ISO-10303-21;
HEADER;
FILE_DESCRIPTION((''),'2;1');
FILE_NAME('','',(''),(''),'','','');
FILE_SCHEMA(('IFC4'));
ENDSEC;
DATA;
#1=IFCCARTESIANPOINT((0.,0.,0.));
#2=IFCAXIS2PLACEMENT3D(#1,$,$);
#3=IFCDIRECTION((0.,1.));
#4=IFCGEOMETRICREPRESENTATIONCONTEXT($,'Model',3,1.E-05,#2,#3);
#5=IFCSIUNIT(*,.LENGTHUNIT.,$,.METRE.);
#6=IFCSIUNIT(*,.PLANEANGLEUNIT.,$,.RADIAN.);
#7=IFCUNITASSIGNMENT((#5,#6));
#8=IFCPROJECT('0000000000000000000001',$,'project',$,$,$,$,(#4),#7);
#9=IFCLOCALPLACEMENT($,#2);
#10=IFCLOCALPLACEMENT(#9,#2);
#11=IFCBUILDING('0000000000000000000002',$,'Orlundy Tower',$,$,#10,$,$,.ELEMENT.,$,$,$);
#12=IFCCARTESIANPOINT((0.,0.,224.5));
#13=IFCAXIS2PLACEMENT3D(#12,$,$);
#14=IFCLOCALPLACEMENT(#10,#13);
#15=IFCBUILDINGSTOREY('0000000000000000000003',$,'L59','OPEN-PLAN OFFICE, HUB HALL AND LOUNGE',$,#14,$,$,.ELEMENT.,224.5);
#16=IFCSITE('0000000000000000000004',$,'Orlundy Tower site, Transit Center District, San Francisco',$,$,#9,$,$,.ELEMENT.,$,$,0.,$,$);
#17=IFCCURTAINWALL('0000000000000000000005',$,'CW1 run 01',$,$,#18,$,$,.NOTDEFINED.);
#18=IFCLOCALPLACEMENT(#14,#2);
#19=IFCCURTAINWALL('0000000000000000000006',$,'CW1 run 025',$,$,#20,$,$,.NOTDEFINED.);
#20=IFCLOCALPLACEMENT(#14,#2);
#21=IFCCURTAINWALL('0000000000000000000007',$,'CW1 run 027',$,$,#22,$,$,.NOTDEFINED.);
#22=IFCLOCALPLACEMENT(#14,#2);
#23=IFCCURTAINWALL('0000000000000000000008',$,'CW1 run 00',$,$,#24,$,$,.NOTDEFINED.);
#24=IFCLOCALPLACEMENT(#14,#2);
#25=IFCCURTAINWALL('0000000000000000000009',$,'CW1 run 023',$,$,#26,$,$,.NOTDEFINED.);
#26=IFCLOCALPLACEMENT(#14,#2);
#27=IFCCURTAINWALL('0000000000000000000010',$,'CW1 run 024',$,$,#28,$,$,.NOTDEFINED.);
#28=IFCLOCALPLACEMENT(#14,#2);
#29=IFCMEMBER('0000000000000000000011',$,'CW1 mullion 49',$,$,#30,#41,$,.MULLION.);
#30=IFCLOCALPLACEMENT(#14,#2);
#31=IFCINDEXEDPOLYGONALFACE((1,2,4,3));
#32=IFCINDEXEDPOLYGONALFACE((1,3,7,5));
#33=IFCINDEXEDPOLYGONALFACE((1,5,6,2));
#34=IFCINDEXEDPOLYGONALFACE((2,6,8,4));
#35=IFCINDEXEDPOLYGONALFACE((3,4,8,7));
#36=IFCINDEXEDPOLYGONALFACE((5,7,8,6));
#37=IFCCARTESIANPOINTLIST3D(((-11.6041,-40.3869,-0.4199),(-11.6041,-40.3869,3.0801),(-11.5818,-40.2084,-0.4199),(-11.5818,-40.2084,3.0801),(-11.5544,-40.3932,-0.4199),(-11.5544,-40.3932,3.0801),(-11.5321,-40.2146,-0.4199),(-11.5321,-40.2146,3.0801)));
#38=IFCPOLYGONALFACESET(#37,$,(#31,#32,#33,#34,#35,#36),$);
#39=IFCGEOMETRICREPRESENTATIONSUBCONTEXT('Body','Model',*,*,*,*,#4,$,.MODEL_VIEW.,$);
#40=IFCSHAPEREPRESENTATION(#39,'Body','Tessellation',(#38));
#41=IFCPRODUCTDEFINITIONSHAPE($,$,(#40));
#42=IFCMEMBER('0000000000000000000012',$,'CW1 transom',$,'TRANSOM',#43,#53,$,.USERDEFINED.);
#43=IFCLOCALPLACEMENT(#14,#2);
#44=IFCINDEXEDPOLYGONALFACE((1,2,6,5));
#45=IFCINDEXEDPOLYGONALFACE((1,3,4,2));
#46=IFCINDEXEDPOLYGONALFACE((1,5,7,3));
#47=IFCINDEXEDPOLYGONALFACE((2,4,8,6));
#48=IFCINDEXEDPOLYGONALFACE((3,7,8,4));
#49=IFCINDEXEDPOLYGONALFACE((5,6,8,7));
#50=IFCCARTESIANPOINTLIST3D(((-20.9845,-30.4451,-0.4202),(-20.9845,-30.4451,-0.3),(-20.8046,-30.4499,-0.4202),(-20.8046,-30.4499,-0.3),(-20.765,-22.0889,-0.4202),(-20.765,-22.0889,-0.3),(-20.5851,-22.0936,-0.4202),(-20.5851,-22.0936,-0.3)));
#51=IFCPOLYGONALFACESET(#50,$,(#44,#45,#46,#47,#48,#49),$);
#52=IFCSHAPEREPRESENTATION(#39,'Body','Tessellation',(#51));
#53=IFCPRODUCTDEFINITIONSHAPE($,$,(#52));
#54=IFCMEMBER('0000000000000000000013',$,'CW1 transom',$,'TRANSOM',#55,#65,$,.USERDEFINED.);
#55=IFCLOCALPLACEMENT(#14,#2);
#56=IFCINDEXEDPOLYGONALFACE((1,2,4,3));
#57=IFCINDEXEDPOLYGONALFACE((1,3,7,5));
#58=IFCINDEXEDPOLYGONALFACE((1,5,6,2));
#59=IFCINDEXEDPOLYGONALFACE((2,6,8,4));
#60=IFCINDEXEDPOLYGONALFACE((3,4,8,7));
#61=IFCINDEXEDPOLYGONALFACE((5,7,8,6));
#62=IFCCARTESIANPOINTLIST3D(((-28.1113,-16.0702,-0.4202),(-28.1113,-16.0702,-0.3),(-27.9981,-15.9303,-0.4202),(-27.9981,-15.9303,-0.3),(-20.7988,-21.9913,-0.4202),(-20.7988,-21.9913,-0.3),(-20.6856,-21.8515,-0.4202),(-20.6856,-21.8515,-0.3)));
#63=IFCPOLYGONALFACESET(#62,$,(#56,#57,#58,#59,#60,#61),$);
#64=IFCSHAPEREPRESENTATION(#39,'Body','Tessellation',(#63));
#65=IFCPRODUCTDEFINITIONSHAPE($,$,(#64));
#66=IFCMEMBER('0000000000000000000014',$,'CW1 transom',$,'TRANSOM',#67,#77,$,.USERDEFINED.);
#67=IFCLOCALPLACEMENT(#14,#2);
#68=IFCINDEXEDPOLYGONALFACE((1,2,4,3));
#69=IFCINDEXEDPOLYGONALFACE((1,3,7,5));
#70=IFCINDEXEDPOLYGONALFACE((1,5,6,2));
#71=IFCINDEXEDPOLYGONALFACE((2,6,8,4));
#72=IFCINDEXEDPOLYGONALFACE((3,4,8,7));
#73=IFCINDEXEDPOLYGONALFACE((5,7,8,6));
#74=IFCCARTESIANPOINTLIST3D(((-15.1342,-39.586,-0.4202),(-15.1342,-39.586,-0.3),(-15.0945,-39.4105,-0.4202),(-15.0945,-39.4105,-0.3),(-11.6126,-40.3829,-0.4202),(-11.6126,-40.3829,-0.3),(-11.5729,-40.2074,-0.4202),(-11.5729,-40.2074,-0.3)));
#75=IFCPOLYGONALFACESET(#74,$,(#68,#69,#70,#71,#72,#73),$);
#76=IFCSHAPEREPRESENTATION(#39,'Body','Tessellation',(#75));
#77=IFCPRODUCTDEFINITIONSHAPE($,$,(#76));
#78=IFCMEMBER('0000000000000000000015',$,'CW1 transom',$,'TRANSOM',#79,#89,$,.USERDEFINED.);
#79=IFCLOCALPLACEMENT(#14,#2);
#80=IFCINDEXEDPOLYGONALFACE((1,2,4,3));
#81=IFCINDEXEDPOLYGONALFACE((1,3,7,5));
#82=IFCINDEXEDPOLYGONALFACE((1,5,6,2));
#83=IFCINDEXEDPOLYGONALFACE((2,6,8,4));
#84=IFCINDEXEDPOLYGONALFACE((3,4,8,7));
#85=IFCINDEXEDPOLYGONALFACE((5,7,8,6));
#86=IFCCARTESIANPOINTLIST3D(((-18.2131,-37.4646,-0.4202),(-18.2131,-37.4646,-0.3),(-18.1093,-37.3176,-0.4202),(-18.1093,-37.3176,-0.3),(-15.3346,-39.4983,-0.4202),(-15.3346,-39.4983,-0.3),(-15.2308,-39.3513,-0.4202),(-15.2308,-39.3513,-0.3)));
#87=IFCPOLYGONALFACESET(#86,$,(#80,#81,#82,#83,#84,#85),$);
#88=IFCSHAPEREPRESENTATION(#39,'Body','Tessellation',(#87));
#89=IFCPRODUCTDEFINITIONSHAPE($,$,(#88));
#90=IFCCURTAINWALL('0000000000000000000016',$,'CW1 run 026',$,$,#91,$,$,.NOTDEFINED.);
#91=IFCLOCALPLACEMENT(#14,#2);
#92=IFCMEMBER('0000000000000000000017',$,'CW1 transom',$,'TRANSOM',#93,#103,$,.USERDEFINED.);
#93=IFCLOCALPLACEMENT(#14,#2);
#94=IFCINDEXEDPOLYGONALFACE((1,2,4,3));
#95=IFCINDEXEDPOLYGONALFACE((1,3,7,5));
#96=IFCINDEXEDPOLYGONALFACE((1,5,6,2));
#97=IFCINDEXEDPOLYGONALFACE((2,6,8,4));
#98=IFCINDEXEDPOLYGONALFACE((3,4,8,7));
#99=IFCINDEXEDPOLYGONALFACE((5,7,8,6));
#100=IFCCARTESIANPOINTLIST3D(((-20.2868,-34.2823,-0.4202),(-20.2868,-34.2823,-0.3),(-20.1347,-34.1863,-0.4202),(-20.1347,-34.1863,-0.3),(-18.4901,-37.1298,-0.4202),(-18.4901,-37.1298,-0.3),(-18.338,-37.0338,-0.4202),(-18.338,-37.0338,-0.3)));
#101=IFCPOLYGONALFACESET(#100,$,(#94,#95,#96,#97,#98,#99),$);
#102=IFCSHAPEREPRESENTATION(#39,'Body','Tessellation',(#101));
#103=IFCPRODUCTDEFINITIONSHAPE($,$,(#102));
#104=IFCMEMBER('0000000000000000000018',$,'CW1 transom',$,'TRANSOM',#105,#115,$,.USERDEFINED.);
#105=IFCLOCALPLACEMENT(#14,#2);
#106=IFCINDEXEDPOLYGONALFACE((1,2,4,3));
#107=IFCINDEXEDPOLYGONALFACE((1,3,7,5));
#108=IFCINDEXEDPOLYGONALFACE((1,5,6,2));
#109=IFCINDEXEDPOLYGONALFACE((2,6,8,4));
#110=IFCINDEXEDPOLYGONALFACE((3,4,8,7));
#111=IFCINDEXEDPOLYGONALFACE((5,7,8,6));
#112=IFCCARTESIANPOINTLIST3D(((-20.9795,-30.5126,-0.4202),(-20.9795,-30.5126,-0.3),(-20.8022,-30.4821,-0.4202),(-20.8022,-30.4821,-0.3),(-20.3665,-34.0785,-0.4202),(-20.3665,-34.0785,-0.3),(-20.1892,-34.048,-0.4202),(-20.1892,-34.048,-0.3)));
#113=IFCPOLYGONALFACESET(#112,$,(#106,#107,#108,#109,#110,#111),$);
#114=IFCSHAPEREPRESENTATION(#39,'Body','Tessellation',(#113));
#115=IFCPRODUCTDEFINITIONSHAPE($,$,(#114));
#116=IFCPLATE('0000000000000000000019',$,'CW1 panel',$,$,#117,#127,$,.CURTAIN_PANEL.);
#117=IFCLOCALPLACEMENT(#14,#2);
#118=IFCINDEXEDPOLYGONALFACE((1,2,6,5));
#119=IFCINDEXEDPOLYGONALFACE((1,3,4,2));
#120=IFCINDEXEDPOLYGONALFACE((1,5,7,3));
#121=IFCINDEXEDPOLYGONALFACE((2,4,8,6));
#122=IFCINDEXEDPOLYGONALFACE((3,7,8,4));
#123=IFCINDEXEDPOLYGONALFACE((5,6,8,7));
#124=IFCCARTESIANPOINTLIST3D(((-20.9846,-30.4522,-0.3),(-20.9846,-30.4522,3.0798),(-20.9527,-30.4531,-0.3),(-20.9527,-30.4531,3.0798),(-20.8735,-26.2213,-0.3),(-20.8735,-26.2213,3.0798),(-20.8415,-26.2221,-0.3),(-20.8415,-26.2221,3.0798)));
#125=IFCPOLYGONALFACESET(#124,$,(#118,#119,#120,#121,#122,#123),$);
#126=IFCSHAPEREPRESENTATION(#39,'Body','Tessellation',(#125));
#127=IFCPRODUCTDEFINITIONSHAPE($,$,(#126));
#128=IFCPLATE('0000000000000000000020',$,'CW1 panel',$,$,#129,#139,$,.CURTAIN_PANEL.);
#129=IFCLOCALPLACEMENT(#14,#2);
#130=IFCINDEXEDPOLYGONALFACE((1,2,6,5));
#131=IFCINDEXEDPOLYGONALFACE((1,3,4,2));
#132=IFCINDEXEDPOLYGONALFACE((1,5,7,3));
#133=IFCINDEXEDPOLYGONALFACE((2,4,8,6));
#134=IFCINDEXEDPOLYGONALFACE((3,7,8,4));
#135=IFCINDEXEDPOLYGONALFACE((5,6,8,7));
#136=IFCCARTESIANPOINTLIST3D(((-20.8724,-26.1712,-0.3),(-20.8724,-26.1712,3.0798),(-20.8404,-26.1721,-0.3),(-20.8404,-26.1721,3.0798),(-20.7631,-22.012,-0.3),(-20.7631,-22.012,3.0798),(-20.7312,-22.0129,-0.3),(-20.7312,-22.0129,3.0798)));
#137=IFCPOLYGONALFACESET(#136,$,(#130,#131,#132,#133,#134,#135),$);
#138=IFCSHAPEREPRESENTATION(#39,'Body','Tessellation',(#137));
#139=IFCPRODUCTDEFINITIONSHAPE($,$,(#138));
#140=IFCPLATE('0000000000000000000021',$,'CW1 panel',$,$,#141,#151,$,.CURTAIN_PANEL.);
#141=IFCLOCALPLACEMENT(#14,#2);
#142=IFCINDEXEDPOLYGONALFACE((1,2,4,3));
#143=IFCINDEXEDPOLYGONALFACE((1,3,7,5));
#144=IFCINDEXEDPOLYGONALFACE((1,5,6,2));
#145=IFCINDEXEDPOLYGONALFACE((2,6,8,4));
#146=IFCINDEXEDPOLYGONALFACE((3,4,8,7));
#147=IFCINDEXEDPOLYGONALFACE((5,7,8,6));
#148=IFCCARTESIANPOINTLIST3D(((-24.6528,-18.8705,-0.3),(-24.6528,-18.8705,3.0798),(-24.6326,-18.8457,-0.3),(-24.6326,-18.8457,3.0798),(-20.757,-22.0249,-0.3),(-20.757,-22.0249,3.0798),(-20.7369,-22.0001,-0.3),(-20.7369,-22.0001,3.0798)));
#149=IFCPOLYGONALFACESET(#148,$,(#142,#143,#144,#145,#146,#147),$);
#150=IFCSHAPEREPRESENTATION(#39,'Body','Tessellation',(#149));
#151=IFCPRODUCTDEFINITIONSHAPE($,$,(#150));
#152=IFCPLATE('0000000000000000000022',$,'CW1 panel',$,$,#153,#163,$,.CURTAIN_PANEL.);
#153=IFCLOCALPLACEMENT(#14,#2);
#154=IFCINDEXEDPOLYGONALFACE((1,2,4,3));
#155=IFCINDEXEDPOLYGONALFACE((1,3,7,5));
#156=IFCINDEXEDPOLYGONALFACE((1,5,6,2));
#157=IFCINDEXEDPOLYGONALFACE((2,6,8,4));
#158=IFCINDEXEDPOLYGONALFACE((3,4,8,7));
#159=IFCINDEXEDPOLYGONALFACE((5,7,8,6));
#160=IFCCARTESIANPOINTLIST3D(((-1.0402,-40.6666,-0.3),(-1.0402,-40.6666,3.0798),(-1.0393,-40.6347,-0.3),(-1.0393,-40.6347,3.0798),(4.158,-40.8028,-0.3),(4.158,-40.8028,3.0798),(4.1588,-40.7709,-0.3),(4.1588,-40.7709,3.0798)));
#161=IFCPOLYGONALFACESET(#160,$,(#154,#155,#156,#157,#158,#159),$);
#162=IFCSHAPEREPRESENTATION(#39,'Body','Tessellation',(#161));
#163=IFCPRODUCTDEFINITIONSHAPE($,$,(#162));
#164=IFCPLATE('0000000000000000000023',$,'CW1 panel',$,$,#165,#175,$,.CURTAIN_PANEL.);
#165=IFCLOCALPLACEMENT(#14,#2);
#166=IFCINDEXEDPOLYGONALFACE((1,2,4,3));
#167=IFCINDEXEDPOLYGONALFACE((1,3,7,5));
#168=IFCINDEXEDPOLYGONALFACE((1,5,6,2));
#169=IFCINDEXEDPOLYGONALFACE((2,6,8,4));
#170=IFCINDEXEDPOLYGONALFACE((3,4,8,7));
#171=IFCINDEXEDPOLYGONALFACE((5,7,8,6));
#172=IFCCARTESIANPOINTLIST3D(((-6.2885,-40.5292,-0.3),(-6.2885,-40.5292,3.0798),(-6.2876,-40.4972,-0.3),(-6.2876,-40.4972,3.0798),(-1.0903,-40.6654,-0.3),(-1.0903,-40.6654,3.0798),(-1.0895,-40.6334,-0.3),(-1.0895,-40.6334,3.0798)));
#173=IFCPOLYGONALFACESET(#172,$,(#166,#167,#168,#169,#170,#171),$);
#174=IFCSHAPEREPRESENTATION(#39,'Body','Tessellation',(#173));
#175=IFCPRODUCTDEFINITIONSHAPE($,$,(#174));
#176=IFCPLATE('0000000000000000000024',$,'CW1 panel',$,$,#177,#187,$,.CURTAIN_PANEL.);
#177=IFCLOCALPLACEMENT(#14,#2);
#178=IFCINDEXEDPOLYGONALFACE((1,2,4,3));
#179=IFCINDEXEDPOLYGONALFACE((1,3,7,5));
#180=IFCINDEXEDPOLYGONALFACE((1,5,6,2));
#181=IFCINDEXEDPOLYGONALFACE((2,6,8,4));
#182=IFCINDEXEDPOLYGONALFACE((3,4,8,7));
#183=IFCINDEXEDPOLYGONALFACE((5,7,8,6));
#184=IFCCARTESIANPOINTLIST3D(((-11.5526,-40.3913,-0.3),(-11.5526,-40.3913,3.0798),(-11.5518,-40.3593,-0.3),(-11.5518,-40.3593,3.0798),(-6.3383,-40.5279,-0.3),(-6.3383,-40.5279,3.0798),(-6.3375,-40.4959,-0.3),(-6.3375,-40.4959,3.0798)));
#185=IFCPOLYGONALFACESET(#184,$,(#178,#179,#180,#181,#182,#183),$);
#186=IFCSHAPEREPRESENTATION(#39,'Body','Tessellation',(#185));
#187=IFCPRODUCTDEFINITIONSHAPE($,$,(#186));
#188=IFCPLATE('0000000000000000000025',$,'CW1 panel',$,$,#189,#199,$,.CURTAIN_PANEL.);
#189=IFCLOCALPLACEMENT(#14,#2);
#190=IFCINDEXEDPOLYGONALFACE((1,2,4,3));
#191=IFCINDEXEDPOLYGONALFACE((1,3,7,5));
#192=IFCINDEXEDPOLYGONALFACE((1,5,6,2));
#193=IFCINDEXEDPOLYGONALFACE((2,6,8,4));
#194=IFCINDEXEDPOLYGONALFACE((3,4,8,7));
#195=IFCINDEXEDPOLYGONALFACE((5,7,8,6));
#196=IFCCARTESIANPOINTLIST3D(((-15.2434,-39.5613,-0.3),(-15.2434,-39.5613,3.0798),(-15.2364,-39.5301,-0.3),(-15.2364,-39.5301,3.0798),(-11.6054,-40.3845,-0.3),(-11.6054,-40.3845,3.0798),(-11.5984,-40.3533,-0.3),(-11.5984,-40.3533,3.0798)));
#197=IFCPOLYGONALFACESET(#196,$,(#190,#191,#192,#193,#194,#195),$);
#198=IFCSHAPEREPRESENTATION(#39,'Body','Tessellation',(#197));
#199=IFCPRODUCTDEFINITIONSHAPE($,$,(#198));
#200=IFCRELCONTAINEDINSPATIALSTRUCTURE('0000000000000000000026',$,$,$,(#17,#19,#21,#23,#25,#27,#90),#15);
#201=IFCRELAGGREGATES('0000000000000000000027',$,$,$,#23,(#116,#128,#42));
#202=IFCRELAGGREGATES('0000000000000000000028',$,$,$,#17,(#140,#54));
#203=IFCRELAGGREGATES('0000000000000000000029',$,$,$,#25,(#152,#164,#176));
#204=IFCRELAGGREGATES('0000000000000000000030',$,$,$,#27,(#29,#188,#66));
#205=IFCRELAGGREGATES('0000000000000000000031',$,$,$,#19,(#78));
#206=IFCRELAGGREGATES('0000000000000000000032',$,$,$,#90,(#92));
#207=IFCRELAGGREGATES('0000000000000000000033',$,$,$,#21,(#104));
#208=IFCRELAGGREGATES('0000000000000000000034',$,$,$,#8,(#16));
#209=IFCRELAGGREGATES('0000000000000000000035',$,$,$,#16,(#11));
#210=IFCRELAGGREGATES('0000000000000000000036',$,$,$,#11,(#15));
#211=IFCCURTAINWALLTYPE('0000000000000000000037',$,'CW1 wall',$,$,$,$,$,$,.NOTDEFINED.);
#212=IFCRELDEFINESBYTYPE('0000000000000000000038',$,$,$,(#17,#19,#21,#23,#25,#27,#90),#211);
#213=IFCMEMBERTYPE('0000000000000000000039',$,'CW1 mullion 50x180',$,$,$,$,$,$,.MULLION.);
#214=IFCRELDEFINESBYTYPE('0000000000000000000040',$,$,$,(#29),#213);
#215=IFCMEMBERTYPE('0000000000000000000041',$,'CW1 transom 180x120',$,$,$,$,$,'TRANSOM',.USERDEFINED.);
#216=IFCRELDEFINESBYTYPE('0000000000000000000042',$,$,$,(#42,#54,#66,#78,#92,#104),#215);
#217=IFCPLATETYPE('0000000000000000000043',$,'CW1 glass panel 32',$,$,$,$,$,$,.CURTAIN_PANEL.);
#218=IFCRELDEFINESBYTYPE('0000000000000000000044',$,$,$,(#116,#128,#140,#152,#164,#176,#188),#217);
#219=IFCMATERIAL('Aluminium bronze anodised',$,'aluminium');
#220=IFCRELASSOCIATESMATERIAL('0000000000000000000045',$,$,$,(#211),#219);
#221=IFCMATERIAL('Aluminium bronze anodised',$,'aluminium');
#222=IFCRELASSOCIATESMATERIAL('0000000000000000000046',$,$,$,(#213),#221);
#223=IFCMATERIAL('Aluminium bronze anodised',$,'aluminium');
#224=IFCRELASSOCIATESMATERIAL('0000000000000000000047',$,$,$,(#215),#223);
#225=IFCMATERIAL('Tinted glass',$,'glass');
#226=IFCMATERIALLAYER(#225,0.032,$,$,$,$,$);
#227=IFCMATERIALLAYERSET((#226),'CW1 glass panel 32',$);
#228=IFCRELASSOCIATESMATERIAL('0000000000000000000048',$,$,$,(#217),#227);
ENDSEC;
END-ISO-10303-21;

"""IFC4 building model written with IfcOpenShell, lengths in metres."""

from ifc_helpers import new_model, si_unit, direction, frame, origin, origin_2d, place, context, subcontext, project, spatial, rectangle, extrude, material, layer, layer_set, material_profile, profile_set, type_object, element, aggregate, save


model = new_model("IFC4")

# Units and contexts
model_context = context("Model", 3, precision=1e-05, world=origin(), true_north=direction((0.0, 1.0)))
body_context = subcontext(model_context, "Body", "Model", "MODEL_VIEW")
ifc_project = project(units=[si_unit("LENGTHUNIT", "METRE"), si_unit("PLANEANGLEUNIT", "RADIAN")], contexts=[model_context])

# Site, building, storey
site_placement = place(None, origin())
site = spatial("IfcSite", under=ifc_project, at=site_placement, Name="Orlundy Tower site, Transit Center District, San Francisco", CompositionType="ELEMENT", RefElevation=0.0)
building_placement = place(site_placement, origin())
building = spatial("IfcBuilding", under=site, at=building_placement, Name="Orlundy Tower", CompositionType="ELEMENT")
storey_placement = place(building_placement, frame((0.0, 0.0, 224.5)))
storey = spatial("IfcBuildingStorey", under=building, at=storey_placement, Name="L59", Description="OPEN-PLAN OFFICE, HUB HALL AND LOUNGE", CompositionType="ELEMENT", Elevation=224.5)

# Curtain walls
ifc_material_1 = material(Name="Aluminium bronze anodised", Category="aluminium")
curtain_wall_type = type_object("IfcCurtainWallType", Name="CW1 wall", PredefinedType="NOTDEFINED", material=ifc_material_1)
curtain_wall_1_placement = place(storey_placement, origin())
curtain_wall_1 = element("IfcCurtainWall", 1, at=curtain_wall_1_placement, inside=storey, type_object=curtain_wall_type, Name="CW1 run 01", PredefinedType="NOTDEFINED")
curtain_wall_2_placement = place(storey_placement, origin())
curtain_wall_2 = element("IfcCurtainWall", 2, at=curtain_wall_2_placement, inside=storey, type_object=curtain_wall_type, Name="CW1 run 025", PredefinedType="NOTDEFINED")
curtain_wall_3_placement = place(storey_placement, origin())
curtain_wall_3 = element("IfcCurtainWall", 3, at=curtain_wall_3_placement, inside=storey, type_object=curtain_wall_type, Name="CW1 run 027", PredefinedType="NOTDEFINED")

# Curtain walls
curtain_wall_4_placement = place(storey_placement, origin())
curtain_wall_4 = element("IfcCurtainWall", 4, at=curtain_wall_4_placement, inside=storey, type_object=curtain_wall_type, Name="CW1 run 00", PredefinedType="NOTDEFINED")
ifc_material_2 = material(Name="Aluminium bronze anodised", Category="aluminium")
ifc_material_profile_1 = material_profile(ifc_material_2, rectangle(XDim=0.1799, YDim=0.05, at=origin_2d()), Name="CW1 mullion 50x180")
ifc_profile_set_1 = profile_set([ifc_material_profile_1], Name="Aluminium bronze anodised")
member_type_1 = type_object("IfcMemberType", Name="CW1 mullion 50x180", PredefinedType="MULLION", material=ifc_profile_set_1)
curtain_wall_5_placement = place(storey_placement, origin())
curtain_wall_5 = element("IfcCurtainWall", 5, at=curtain_wall_5_placement, inside=storey, type_object=curtain_wall_type, Name="CW1 run 023", PredefinedType="NOTDEFINED")

# Curtain wall, member
curtain_wall_6_placement = place(storey_placement, origin())
curtain_wall_6 = element("IfcCurtainWall", 6, at=curtain_wall_6_placement, inside=storey, type_object=curtain_wall_type, Name="CW1 run 024", PredefinedType="NOTDEFINED")
member_1_placement = place(storey_placement, frame((-11.5681, -40.3008, -0.4199), z_axis=(0.0, 0.0, 1.0), x_axis=(-0.124042, -0.992277, 0.0)))
member_1 = element("IfcMember", 7, at=member_1_placement, type_object=member_type_1, Name="CW1 mullion 49", PredefinedType="MULLION", context=body_context, shape_type="SweptSolid", body=[
    extrude(rectangle(XDim=0.1799, YDim=0.05, at=origin_2d()), origin(), (0.0, 0.0, 1.0), 3.5),
])

# Members
ifc_material_3 = material(Name="Aluminium bronze anodised", Category="aluminium")
ifc_material_profile_2 = material_profile(ifc_material_3, rectangle(XDim=0.1799, YDim=0.1201, at=origin_2d()), Name="CW1 transom 180x120")
ifc_profile_set_2 = profile_set([ifc_material_profile_2], Name="Aluminium bronze anodised")
member_type_2 = type_object("IfcMemberType", Name="CW1 transom 180x120", ElementType="TRANSOM", PredefinedType="USERDEFINED", material=ifc_profile_set_2)
member_2_placement = place(storey_placement, frame((-20.8945, -30.4475, -0.3601), z_axis=(0.026257, 0.999655, 0.0), x_axis=(-0.999655, 0.026257, 0.0)))
member_2 = element("IfcMember", 8, at=member_2_placement, type_object=member_type_2, Name="CW1 transom", ObjectType="TRANSOM", PredefinedType="USERDEFINED", context=body_context, shape_type="SweptSolid", body=[
    extrude(rectangle(XDim=0.1799, YDim=0.1201, at=origin_2d()), origin(), (0.0, 0.0, 1.0), 8.3591),
])
member_3_placement = place(storey_placement, frame((-20.7422, -21.9214, -0.3601), z_axis=(-0.777167, 0.629295, 0.0), x_axis=(-0.629295, -0.777167, 0.0)))
member_3 = element("IfcMember", 9, at=member_3_placement, type_object=member_type_2, Name="CW1 transom", ObjectType="TRANSOM", PredefinedType="USERDEFINED", context=body_context, shape_type="SweptSolid", body=[
    extrude(rectangle(XDim=0.1799, YDim=0.1201, at=origin_2d()), origin(), (0.0, 0.0, 1.0), 9.4092),
])
member_4_placement = place(storey_placement, frame((-11.5928, -40.2952, -0.3601), z_axis=(-0.97534, 0.220709, 0.0), x_axis=(-0.220709, -0.97534, 0.0)))
member_4 = element("IfcMember", 10, at=member_4_placement, type_object=member_type_2, Name="CW1 transom", ObjectType="TRANSOM", PredefinedType="USERDEFINED", context=body_context, shape_type="SweptSolid", body=[
    extrude(rectangle(XDim=0.1799, YDim=0.1201, at=origin_2d()), origin(), (0.0, 0.0, 1.0), 3.6106),
])
member_5_placement = place(storey_placement, frame((-15.2827, -39.4248, -0.3601), z_axis=(-0.816718, 0.577037, 0.0), x_axis=(-0.577037, -0.816718, 0.0)))
member_5 = element("IfcMember", 11, at=member_5_placement, type_object=member_type_2, Name="CW1 transom", ObjectType="TRANSOM", PredefinedType="USERDEFINED", context=body_context, shape_type="SweptSolid", body=[
    extrude(rectangle(XDim=0.1799, YDim=0.1201, at=origin_2d()), origin(), (0.0, 0.0, 1.0), 3.5244),
])

# Curtain wall, member
curtain_wall_7_placement = place(storey_placement, origin())
curtain_wall_7 = element("IfcCurtainWall", 12, at=curtain_wall_7_placement, inside=storey, type_object=curtain_wall_type, Name="CW1 run 026", PredefinedType="NOTDEFINED")
member_6_placement = place(storey_placement, frame((-18.4141, -37.0818, -0.3601), z_axis=(-0.533625, 0.845721, 0.0), x_axis=(-0.845721, -0.533625, 0.0)))
member_6 = element("IfcMember", 13, at=member_6_placement, type_object=member_type_2, Name="CW1 transom", ObjectType="TRANSOM", PredefinedType="USERDEFINED", context=body_context, shape_type="SweptSolid", body=[
    extrude(rectangle(XDim=0.1799, YDim=0.1201, at=origin_2d()), origin(), (0.0, 0.0, 1.0), 3.3669),
])

# Member
member_7_placement = place(storey_placement, frame((-20.2778, -34.0632, -0.3601), z_axis=(-0.16943, 0.985542, 0.0), x_axis=(-0.985542, -0.16943, 0.0)))
member_7 = element("IfcMember", 14, at=member_7_placement, type_object=member_type_2, Name="CW1 transom", ObjectType="TRANSOM", PredefinedType="USERDEFINED", context=body_context, shape_type="SweptSolid", body=[
    extrude(rectangle(XDim=0.1799, YDim=0.1201, at=origin_2d()), origin(), (0.0, 0.0, 1.0), 3.6182),
])

# Plates
ifc_material_4 = material(Name="Tinted glass", Category="glass")
ifc_layer_1 = layer(ifc_material_4, 0.032)
ifc_layer_set_1 = layer_set([ifc_layer_1], Name="CW1 glass panel 32")
plate_type = type_object("IfcPlateType", Name="CW1 glass panel 32", PredefinedType="CURTAIN_PANEL", material=ifc_layer_set_1)
plate_1_placement = place(storey_placement, frame((-20.9131, -28.3372, -0.3), z_axis=(0.0, 0.0, 1.0), x_axis=(0.026251, 0.999655, 0.0)))
plate_1 = element("IfcPlate", 15, at=plate_1_placement, type_object=plate_type, Name="CW1 panel", PredefinedType="CURTAIN_PANEL", context=body_context, shape_type="SweptSolid", body=[
    extrude(rectangle(XDim=4.2324, YDim=0.032, at=origin_2d()), origin(), (0.0, 0.0, 1.0), 3.3799),
])
plate_2_placement = place(storey_placement, frame((-20.8018, -24.092, -0.3), z_axis=(0.0, 0.0, 1.0), x_axis=(0.026251, 0.999655, 0.0)))
plate_2 = element("IfcPlate", 16, at=plate_2_placement, type_object=plate_type, Name="CW1 panel", PredefinedType="CURTAIN_PANEL", context=body_context, shape_type="SweptSolid", body=[
    extrude(rectangle(XDim=4.1606, YDim=0.032, at=origin_2d()), origin(), (0.0, 0.0, 1.0), 3.3799),
])
aggregate(curtain_wall_4, [plate_1, plate_2, member_2])
plate_3_placement = place(storey_placement, frame((-22.6948, -20.4353, -0.3), z_axis=(0.0, 0.0, 1.0), x_axis=(-0.777177, 0.629283, 0.0)))
plate_3 = element("IfcPlate", 17, at=plate_3_placement, type_object=plate_type, Name="CW1 panel", PredefinedType="CURTAIN_PANEL", context=body_context, shape_type="SweptSolid", body=[
    extrude(rectangle(XDim=5.0127, YDim=0.032, at=origin_2d()), origin(), (0.0, 0.0, 1.0), 3.3799),
])
aggregate(curtain_wall_1, [plate_3, member_3])
plate_4_placement = place(storey_placement, frame((1.5593, -40.7188, -0.3), z_axis=(0.0, 0.0, 1.0), x_axis=(-0.999657, 0.02619, 0.0)))
plate_4 = element("IfcPlate", 18, at=plate_4_placement, type_object=plate_type, Name="CW1 panel", PredefinedType="CURTAIN_PANEL", context=body_context, shape_type="SweptSolid", body=[
    extrude(rectangle(XDim=5.2, YDim=0.032, at=origin_2d()), origin(), (0.0, 0.0, 1.0), 3.3799),
])
plate_5_placement = place(storey_placement, frame((-3.689, -40.5813, -0.3), z_axis=(0.0, 0.0, 1.0), x_axis=(-0.999657, 0.02619, 0.0)))
plate_5 = element("IfcPlate", 19, at=plate_5_placement, type_object=plate_type, Name="CW1 panel", PredefinedType="CURTAIN_PANEL", context=body_context, shape_type="SweptSolid", body=[
    extrude(rectangle(XDim=5.2, YDim=0.032, at=origin_2d()), origin(), (0.0, 0.0, 1.0), 3.3799),
])
plate_6_placement = place(storey_placement, frame((-8.9451, -40.4436, -0.3), z_axis=(0.0, 0.0, 1.0), x_axis=(-0.999657, 0.02619, 0.0)))
plate_6 = element("IfcPlate", 20, at=plate_6_placement, type_object=plate_type, Name="CW1 panel", PredefinedType="CURTAIN_PANEL", context=body_context, shape_type="SweptSolid", body=[
    extrude(rectangle(XDim=5.2161, YDim=0.032, at=origin_2d()), origin(), (0.0, 0.0, 1.0), 3.3799),
])
aggregate(curtain_wall_5, [plate_4, plate_5, plate_6])
plate_7_placement = place(storey_placement, frame((-13.4209, -39.9573, -0.3), z_axis=(0.0, 0.0, 1.0), x_axis=(-0.975342, 0.2207, 0.0)))
plate_7 = element("IfcPlate", 21, at=plate_7_placement, type_object=plate_type, Name="CW1 panel", PredefinedType="CURTAIN_PANEL", context=body_context, shape_type="SweptSolid", body=[
    extrude(rectangle(XDim=3.73, YDim=0.032, at=origin_2d()), origin(), (0.0, 0.0, 1.0), 3.3799),
])
aggregate(curtain_wall_6, [member_1, plate_7, member_4])
aggregate(curtain_wall_2, [member_5])
aggregate(curtain_wall_7, [member_6])
aggregate(curtain_wall_3, [member_7])

save(model, "model.ifc")
